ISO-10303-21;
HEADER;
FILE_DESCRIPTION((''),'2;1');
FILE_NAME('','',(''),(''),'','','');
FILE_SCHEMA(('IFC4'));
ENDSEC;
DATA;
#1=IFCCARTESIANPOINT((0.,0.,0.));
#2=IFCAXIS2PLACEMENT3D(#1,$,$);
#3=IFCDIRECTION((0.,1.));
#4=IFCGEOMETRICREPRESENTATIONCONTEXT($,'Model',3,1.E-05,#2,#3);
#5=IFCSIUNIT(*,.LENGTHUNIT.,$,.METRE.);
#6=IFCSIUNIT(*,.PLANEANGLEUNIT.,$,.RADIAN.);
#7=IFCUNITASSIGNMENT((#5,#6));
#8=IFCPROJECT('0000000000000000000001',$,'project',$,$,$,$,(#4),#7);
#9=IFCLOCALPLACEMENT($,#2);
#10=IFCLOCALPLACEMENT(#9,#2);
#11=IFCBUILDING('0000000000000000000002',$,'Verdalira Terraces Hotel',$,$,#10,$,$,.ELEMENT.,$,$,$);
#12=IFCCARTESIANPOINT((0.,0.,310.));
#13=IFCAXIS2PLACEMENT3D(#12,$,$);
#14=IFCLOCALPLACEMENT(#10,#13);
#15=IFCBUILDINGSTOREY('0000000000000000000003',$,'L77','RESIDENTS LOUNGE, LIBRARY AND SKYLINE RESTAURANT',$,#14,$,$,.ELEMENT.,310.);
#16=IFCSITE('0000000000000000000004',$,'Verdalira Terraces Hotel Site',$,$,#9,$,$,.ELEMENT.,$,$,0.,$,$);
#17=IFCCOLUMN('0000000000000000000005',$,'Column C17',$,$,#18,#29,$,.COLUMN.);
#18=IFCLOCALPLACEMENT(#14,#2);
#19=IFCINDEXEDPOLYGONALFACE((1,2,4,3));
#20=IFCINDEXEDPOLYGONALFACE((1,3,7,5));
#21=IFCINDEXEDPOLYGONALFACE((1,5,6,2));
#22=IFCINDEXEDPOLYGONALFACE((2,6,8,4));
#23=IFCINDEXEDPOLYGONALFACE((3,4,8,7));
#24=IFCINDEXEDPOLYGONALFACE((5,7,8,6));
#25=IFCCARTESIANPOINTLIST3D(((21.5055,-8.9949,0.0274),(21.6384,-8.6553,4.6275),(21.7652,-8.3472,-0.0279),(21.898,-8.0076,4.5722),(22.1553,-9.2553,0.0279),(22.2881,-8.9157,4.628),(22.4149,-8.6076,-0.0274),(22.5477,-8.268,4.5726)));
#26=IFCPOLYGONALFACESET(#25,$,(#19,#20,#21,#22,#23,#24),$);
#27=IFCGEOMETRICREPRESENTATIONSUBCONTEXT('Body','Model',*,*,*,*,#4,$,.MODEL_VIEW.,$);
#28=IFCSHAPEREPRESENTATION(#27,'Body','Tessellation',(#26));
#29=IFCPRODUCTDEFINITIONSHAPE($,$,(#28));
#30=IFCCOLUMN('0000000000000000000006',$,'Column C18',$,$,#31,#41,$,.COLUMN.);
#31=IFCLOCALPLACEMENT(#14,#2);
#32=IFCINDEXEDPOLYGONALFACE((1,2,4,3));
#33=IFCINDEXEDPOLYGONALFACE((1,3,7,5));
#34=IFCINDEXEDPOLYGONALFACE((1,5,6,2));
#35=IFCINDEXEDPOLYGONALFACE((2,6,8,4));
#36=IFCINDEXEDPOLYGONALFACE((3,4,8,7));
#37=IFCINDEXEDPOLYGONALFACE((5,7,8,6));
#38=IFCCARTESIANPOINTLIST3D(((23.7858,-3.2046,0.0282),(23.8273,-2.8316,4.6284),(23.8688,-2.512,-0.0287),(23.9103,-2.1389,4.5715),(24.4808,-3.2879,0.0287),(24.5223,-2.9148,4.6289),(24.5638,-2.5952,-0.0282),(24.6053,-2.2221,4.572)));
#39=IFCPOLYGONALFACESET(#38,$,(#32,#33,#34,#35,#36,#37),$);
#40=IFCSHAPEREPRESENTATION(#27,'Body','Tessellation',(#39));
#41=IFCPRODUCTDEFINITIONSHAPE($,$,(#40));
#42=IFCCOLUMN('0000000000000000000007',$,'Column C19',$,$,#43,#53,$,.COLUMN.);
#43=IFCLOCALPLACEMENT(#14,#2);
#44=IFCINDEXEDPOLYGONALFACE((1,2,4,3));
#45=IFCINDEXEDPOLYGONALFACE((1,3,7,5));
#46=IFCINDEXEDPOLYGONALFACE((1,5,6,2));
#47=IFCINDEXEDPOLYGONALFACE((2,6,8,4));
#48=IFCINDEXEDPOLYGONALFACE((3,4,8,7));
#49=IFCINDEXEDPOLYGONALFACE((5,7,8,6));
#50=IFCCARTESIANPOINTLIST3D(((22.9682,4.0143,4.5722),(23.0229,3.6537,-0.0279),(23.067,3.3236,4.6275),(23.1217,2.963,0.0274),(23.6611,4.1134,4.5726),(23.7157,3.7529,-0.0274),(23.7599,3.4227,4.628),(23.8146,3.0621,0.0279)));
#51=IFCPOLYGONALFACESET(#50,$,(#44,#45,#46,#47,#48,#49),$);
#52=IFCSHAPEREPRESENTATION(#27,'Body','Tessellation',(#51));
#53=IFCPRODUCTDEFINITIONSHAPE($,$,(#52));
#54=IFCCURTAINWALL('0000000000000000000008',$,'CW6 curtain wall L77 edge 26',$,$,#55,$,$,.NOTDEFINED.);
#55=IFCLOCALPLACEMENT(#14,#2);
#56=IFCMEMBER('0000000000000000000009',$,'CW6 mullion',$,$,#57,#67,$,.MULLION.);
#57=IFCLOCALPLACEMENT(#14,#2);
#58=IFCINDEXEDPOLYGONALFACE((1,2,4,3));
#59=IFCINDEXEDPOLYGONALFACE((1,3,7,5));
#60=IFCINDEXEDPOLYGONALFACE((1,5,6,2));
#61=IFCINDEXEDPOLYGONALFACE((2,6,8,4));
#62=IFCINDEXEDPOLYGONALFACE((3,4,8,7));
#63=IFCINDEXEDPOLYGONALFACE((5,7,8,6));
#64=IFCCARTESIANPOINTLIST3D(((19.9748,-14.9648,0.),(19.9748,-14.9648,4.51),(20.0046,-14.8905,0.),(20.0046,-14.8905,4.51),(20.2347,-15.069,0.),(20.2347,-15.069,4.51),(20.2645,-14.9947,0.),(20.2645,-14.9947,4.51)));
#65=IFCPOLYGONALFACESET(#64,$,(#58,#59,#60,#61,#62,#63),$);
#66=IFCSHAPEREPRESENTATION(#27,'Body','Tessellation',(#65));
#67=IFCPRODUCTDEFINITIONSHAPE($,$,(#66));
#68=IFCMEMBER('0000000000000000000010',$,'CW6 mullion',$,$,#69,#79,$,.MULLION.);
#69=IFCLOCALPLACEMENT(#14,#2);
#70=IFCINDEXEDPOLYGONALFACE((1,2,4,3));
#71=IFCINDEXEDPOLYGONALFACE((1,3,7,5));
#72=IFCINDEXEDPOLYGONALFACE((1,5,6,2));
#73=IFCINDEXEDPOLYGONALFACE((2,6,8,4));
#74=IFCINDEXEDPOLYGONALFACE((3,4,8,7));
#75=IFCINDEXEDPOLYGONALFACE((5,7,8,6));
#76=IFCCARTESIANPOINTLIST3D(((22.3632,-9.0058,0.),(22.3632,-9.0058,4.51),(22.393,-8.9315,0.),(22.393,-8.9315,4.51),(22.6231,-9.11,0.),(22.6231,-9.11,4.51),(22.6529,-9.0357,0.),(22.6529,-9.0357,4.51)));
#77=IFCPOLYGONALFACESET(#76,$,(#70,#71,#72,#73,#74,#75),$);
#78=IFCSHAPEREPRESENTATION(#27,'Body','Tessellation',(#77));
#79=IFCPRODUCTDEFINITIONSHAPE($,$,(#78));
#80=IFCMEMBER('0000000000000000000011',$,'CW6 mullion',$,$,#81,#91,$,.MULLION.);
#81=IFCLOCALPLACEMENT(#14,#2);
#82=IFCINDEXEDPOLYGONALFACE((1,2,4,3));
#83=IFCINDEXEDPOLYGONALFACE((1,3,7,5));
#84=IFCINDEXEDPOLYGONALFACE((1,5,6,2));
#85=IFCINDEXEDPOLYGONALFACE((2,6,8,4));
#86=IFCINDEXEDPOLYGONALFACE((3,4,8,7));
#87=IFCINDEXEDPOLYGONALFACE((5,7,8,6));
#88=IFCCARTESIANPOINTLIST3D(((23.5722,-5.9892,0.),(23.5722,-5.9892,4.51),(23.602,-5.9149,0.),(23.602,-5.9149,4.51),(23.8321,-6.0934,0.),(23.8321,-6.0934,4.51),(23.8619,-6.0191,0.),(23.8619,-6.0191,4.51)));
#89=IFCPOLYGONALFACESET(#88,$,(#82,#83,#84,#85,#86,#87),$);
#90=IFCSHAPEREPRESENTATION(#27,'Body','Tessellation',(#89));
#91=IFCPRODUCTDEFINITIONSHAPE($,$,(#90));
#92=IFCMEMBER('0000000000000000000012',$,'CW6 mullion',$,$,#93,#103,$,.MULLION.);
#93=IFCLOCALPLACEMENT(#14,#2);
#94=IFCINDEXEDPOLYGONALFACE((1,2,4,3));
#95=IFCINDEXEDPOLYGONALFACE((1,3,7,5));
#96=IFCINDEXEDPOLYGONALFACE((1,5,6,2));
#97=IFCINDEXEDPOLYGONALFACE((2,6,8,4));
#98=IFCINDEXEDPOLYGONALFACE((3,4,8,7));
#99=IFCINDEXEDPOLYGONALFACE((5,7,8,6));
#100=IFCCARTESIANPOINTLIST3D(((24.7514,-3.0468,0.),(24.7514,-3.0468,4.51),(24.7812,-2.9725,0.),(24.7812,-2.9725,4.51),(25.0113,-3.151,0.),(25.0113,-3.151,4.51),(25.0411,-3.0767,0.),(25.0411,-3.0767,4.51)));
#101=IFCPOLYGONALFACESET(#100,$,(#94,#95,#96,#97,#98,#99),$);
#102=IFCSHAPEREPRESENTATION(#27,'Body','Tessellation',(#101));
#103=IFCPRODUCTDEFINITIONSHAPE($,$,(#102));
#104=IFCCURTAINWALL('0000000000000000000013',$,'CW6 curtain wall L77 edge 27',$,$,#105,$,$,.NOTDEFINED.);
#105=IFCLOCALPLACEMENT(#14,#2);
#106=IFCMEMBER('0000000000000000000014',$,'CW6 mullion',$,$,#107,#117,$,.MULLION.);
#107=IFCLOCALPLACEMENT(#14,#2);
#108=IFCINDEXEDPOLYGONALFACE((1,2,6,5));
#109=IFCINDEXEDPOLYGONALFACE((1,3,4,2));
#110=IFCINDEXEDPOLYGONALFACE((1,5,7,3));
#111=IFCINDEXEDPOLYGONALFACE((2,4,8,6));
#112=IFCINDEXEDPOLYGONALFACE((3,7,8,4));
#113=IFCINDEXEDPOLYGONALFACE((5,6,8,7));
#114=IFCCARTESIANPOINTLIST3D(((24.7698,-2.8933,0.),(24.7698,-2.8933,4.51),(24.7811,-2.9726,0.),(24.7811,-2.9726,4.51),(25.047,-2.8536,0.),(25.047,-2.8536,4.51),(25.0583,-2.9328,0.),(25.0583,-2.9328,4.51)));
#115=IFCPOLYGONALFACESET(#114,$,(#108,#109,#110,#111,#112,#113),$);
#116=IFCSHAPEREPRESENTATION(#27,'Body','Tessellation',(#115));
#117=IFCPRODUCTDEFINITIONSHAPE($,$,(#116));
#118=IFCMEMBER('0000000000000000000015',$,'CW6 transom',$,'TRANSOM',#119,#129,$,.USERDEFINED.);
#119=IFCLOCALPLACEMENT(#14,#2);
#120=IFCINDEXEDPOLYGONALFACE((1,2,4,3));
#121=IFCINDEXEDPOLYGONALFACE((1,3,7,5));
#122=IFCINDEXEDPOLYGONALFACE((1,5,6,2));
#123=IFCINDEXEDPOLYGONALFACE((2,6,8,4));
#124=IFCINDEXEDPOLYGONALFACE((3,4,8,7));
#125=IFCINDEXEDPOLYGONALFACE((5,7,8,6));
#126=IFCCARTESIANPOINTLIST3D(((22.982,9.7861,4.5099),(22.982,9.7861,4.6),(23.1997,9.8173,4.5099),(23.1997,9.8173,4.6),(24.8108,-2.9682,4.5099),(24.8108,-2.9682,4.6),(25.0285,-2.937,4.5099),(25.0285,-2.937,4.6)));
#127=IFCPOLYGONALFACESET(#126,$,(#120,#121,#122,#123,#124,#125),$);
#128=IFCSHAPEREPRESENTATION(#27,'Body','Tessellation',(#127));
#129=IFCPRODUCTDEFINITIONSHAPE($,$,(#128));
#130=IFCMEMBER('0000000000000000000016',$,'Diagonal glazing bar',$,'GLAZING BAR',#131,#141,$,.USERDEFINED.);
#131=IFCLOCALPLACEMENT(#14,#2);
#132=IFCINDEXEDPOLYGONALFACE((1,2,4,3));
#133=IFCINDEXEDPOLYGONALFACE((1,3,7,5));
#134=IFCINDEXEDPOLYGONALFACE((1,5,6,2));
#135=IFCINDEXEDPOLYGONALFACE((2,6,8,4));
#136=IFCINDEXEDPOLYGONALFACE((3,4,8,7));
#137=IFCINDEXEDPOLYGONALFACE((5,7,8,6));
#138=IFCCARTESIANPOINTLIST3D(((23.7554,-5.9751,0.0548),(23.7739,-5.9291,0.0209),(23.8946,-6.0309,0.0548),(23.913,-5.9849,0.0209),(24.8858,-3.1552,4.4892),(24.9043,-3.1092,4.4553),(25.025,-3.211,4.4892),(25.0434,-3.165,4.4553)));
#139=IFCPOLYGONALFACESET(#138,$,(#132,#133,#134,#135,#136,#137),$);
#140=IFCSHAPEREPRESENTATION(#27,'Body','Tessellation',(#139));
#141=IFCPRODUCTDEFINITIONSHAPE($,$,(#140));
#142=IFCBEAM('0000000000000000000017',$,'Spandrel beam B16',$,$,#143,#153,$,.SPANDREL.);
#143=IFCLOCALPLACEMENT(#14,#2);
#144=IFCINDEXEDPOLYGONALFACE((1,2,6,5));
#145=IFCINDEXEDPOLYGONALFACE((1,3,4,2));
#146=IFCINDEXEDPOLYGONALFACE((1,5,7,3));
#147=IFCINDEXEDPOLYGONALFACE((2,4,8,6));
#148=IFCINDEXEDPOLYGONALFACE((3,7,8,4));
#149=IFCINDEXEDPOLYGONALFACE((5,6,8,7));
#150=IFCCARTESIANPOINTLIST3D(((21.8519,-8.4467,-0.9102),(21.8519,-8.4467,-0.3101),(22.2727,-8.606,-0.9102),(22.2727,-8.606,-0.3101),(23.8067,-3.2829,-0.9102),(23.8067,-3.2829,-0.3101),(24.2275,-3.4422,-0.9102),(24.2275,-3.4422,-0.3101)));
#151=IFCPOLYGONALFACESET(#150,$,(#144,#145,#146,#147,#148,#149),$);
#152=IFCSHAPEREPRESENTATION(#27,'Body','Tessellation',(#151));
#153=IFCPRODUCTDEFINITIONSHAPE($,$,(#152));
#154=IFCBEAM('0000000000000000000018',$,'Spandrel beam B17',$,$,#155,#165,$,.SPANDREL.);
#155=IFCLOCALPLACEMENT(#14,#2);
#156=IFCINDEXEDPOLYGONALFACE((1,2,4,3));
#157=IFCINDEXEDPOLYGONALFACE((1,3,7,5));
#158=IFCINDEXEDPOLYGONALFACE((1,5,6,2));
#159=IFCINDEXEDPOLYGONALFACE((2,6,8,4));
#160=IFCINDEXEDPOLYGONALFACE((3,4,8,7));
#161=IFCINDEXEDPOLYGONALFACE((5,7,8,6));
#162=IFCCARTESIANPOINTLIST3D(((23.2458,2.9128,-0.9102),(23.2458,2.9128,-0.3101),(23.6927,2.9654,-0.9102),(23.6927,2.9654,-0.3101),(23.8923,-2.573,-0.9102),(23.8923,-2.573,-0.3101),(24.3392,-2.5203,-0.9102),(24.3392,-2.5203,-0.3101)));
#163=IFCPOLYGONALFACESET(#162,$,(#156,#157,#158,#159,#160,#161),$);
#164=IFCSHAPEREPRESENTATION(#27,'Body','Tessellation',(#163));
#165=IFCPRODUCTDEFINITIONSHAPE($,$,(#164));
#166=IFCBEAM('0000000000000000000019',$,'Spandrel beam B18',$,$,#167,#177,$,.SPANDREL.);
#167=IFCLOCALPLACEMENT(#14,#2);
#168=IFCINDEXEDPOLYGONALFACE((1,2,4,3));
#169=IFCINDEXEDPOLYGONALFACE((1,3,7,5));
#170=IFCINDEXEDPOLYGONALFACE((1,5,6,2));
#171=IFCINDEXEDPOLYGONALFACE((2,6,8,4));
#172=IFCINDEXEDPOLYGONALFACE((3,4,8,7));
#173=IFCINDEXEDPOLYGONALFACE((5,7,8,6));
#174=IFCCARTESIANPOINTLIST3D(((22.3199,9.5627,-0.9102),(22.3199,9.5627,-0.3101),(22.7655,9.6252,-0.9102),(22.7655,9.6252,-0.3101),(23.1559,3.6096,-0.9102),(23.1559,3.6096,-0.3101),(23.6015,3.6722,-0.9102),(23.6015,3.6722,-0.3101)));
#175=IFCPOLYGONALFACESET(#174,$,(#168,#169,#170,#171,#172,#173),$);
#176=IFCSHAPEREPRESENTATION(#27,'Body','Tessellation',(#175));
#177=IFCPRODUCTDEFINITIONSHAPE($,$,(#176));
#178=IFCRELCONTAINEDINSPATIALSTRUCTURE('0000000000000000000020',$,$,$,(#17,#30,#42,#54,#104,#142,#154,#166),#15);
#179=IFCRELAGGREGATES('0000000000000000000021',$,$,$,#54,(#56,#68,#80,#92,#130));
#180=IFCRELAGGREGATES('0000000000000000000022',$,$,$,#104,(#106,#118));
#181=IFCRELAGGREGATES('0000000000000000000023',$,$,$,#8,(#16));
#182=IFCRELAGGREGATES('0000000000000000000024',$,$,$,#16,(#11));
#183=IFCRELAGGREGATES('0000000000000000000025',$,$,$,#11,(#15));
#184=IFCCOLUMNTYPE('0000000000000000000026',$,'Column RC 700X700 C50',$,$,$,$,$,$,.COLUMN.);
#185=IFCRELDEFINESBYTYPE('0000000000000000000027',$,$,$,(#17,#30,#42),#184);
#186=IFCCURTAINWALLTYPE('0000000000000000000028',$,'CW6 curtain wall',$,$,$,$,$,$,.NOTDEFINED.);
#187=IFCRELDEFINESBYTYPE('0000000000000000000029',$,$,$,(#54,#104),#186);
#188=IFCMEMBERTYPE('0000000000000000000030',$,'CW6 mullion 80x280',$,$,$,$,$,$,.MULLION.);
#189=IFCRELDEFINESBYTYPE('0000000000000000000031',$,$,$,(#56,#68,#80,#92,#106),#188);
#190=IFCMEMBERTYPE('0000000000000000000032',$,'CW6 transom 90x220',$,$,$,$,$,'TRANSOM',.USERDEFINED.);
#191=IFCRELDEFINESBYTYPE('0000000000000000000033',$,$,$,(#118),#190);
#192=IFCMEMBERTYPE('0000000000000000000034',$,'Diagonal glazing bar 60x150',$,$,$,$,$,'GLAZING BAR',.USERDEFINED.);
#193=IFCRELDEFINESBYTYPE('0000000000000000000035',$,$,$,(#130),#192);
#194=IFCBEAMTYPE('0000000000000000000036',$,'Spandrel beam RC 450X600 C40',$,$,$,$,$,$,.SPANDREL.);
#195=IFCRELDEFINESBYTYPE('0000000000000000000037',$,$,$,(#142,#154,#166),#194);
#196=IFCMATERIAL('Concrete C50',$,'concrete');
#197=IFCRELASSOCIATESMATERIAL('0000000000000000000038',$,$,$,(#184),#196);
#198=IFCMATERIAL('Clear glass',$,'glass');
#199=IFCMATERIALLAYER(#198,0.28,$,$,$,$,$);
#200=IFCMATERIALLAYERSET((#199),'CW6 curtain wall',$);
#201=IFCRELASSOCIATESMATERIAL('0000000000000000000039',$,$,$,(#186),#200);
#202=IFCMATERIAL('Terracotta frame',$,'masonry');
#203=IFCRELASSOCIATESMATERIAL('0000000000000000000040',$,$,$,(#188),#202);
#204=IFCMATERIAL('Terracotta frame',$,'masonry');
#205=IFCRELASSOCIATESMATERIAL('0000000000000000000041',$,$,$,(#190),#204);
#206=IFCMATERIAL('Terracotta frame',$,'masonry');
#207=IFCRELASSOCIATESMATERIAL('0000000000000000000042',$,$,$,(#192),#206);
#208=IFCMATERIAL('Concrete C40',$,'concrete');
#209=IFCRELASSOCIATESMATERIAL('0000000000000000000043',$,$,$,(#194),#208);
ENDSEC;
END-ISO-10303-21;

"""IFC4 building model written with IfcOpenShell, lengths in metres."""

from ifc_helpers import new_model, si_unit, direction, frame, origin, origin_2d, place, context, subcontext, project, spatial, rectangle, extrude, material, layer, layer_set, material_profile, profile_set, type_object, element, aggregate, save


model = new_model("IFC4")

# Units and contexts
model_context = context("Model", 3, precision=1e-05, world=origin(), true_north=direction((0.0, 1.0)))
body_context = subcontext(model_context, "Body", "Model", "MODEL_VIEW")
ifc_project = project(units=[si_unit("LENGTHUNIT", "METRE"), si_unit("PLANEANGLEUNIT", "RADIAN")], contexts=[model_context])

# Site, building, storey
site_placement = place(None, origin())
site = spatial("IfcSite", under=ifc_project, at=site_placement, Name="Verdalira Terraces Hotel Site", CompositionType="ELEMENT", RefElevation=0.0)
building_placement = place(site_placement, origin())
building = spatial("IfcBuilding", under=site, at=building_placement, Name="Verdalira Terraces Hotel", CompositionType="ELEMENT")
storey_placement = place(building_placement, frame((0.0, 0.0, 310.0)))
storey = spatial("IfcBuildingStorey", under=building, at=storey_placement, Name="L77", Description="RESIDENTS LOUNGE, LIBRARY AND SKYLINE RESTAURANT", CompositionType="ELEMENT", Elevation=310.0)

# Columns
ifc_material_1 = material(Name="Concrete C50", Category="concrete")
ifc_material_profile_1 = material_profile(ifc_material_1, rectangle(XDim=0.7, YDim=0.7, at=origin_2d()), Name="RC 700X700")
ifc_profile_set_1 = profile_set([ifc_material_profile_1], Name="Concrete C50")
column_type = type_object("IfcColumnType", Name="Column RC 700X700 C50", PredefinedType="COLUMN", material=ifc_profile_set_1)
column_1_placement = place(storey_placement, frame((21.9602, -8.8013, 0.0), z_axis=(0.028781, 0.073594, 0.996873), x_axis=(0.370897, 0.925306, -0.079019)))
element("IfcColumn", 1, at=column_1_placement, inside=storey, type_object=column_type, Name="Column C17", PredefinedType="COLUMN", context=body_context, shape_type="SweptSolid", body=[
    extrude(rectangle(XDim=0.7, YDim=0.7, at=origin_2d()), origin(), (0.0, 0.0, 1.0), 4.6145),
])
column_2_placement = place(storey_placement, frame((24.1748, -2.8999, 0.0), z_axis=(0.008993, 0.080827, 0.996688), x_axis=(-0.118558, -0.989611, 0.081323)))
element("IfcColumn", 2, at=column_2_placement, inside=storey, type_object=column_type, Name="Column C18", PredefinedType="COLUMN", context=body_context, shape_type="SweptSolid", body=[
    extrude(rectangle(XDim=0.7, YDim=0.7, at=origin_2d()), origin(), (0.0, 0.0, 1.0), 4.6155),
])
column_3_placement = place(storey_placement, frame((23.4187, 3.3579, 0.0), z_axis=(-0.011851, 0.078143, 0.996872), x_axis=(-0.141161, 0.986827, -0.079034)))
element("IfcColumn", 3, at=column_3_placement, inside=storey, type_object=column_type, Name="Column C19", PredefinedType="COLUMN", context=body_context, shape_type="SweptSolid", body=[
    extrude(rectangle(XDim=0.7, YDim=0.7, at=origin_2d()), origin(), (0.0, 0.0, 1.0), 4.6145),
])

# Curtain walls, members
ifc_material_2 = material(Name="Clear glass", Category="glass")
ifc_layer_1 = layer(ifc_material_2, 0.28)
ifc_layer_set_1 = layer_set([ifc_layer_1], Name="CW6 curtain wall")
curtain_wall_type = type_object("IfcCurtainWallType", Name="CW6 curtain wall", PredefinedType="NOTDEFINED", material=ifc_layer_set_1)
curtain_wall_1_placement = place(storey_placement, origin())
curtain_wall_1 = element("IfcCurtainWall", 4, at=curtain_wall_1_placement, inside=storey, type_object=curtain_wall_type, Name="CW6 curtain wall L77 edge 26", PredefinedType="NOTDEFINED")
ifc_material_3 = material(Name="Terracotta frame", Category="masonry")
ifc_material_profile_2 = material_profile(ifc_material_3, rectangle(XDim=0.0801, YDim=0.28, at=origin_2d()), Name="MU 80x280")
ifc_profile_set_2 = profile_set([ifc_material_profile_2], Name="Terracotta frame")
member_type_1 = type_object("IfcMemberType", Name="CW6 mullion 80x280", PredefinedType="MULLION", material=ifc_profile_set_2)
member_1_placement = place(storey_placement, frame((20.1196, -14.9797, 0.0), z_axis=(0.0, 0.0, 1.0), x_axis=(0.372016, 0.928226, 0.0)))
member_1 = element("IfcMember", 5, at=member_1_placement, type_object=member_type_1, Name="CW6 mullion", PredefinedType="MULLION", context=body_context, shape_type="SweptSolid", body=[
    extrude(rectangle(XDim=0.0801, YDim=0.28, at=origin_2d()), origin(), (0.0, 0.0, 1.0), 4.51),
])
member_2_placement = place(storey_placement, frame((22.5081, -9.0208, 0.0), z_axis=(0.0, 0.0, 1.0), x_axis=(0.372016, 0.928226, 0.0)))
member_2 = element("IfcMember", 6, at=member_2_placement, type_object=member_type_1, Name="CW6 mullion", PredefinedType="MULLION", context=body_context, shape_type="SweptSolid", body=[
    extrude(rectangle(XDim=0.0801, YDim=0.28, at=origin_2d()), origin(), (0.0, 0.0, 1.0), 4.51),
])
member_3_placement = place(storey_placement, frame((23.717, -6.0042, 0.0), z_axis=(0.0, 0.0, 1.0), x_axis=(0.372016, 0.928226, 0.0)))
member_3 = element("IfcMember", 7, at=member_3_placement, type_object=member_type_1, Name="CW6 mullion", PredefinedType="MULLION", context=body_context, shape_type="SweptSolid", body=[
    extrude(rectangle(XDim=0.0801, YDim=0.28, at=origin_2d()), origin(), (0.0, 0.0, 1.0), 4.51),
])
member_4_placement = place(storey_placement, frame((24.8962, -3.0618, 0.0), z_axis=(0.0, 0.0, 1.0), x_axis=(0.372016, 0.928226, 0.0)))
member_4 = element("IfcMember", 8, at=member_4_placement, type_object=member_type_1, Name="CW6 mullion", PredefinedType="MULLION", context=body_context, shape_type="SweptSolid", body=[
    extrude(rectangle(XDim=0.0801, YDim=0.28, at=origin_2d()), origin(), (0.0, 0.0, 1.0), 4.51),
])
curtain_wall_2_placement = place(storey_placement, origin())
curtain_wall_2 = element("IfcCurtainWall", 9, at=curtain_wall_2_placement, inside=storey, type_object=curtain_wall_type, Name="CW6 curtain wall L77 edge 27", PredefinedType="NOTDEFINED")
member_5_placement = place(storey_placement, frame((24.9141, -2.9131, 0.0), z_axis=(0.0, 0.0, 1.0), x_axis=(-0.141938, 0.989876, 0.0)))
member_5 = element("IfcMember", 10, at=member_5_placement, type_object=member_type_1, Name="CW6 mullion", PredefinedType="MULLION", context=body_context, shape_type="SweptSolid", body=[
    extrude(rectangle(XDim=0.0801, YDim=0.28, at=origin_2d()), origin(), (0.0, 0.0, 1.0), 4.51),
])
ifc_material_4 = material(Name="Terracotta frame", Category="masonry")
ifc_material_profile_3 = material_profile(ifc_material_4, rectangle(XDim=0.22, YDim=0.0901, at=origin_2d()), Name="TR 90x220")
ifc_profile_set_3 = profile_set([ifc_material_profile_3], Name="Terracotta frame")
member_type_2 = type_object("IfcMemberType", Name="CW6 transom 90x220", ElementType="TRANSOM", PredefinedType="USERDEFINED", material=ifc_profile_set_3)
member_6_placement = place(storey_placement, frame((24.9197, -2.9526, 4.5549), z_axis=(-0.141939, 0.989875, 0.0), x_axis=(-0.989875, -0.141939, 0.0)))
member_6 = element("IfcMember", 11, at=member_6_placement, type_object=member_type_2, Name="CW6 transom", ObjectType="TRANSOM", PredefinedType="USERDEFINED", context=body_context, shape_type="SweptSolid", body=[
    extrude(rectangle(XDim=0.22, YDim=0.0901, at=origin_2d()), origin(), (0.0, 0.0, 1.0), 12.8848),
])

# Member
ifc_material_5 = material(Name="Terracotta frame", Category="masonry")
ifc_material_profile_4 = material_profile(ifc_material_5, rectangle(XDim=0.1499, YDim=0.0601, at=origin_2d()), Name="GB 60x150")
ifc_profile_set_4 = profile_set([ifc_material_profile_4], Name="Terracotta frame")
member_type_3 = type_object("IfcMemberType", Name="Diagonal glazing bar 60x150", ElementType="GLAZING BAR", PredefinedType="USERDEFINED", material=ifc_profile_set_4)
member_7_placement = place(storey_placement, frame((23.8342, -5.98, 0.0378), z_axis=(0.210295, 0.524602, 0.824966), x_axis=(-0.928199, 0.372083, 0.0)))
member_7 = element("IfcMember", 12, at=member_7_placement, type_object=member_type_3, Name="Diagonal glazing bar", ObjectType="GLAZING BAR", PredefinedType="USERDEFINED", context=body_context, shape_type="SweptSolid", body=[
    extrude(rectangle(XDim=0.1499, YDim=0.0601, at=origin_2d()), origin(), (0.0, 0.0, 1.0), 5.3752),
])

# Beams
ifc_material_6 = material(Name="Concrete C40", Category="concrete")
ifc_material_profile_5 = material_profile(ifc_material_6, rectangle(XDim=0.45, YDim=0.6001, at=origin_2d()), Name="RC 450X600")
ifc_profile_set_5 = profile_set([ifc_material_profile_5], Name="Concrete C40")
beam_type = type_object("IfcBeamType", Name="Spandrel beam RC 450X600 C40", PredefinedType="SPANDREL", material=ifc_profile_set_5)
beam_1_placement = place(storey_placement, frame((22.0623, -8.5264, -0.6101), z_axis=(0.354044, 0.935229, 0.0), x_axis=(-0.935229, 0.354044, 0.0)))
element("IfcBeam", 13, at=beam_1_placement, inside=storey, type_object=beam_type, Name="Spandrel beam B16", PredefinedType="SPANDREL", context=body_context, shape_type="SweptSolid", body=[
    extrude(rectangle(XDim=0.45, YDim=0.6001, at=origin_2d()), origin(), (0.0, 0.0, 1.0), 5.5215),
])
beam_2_placement = place(storey_placement, frame((24.1157, -2.5466, -0.6101), z_axis=(-0.117036, 0.993128, 0.0), x_axis=(-0.993128, -0.117036, 0.0)))
element("IfcBeam", 14, at=beam_2_placement, inside=storey, type_object=beam_type, Name="Spandrel beam B17", PredefinedType="SPANDREL", context=body_context, shape_type="SweptSolid", body=[
    extrude(rectangle(XDim=0.45, YDim=0.6001, at=origin_2d()), origin(), (0.0, 0.0, 1.0), 5.5237),
])
beam_3_placement = place(storey_placement, frame((23.3787, 3.6409, -0.6101), z_axis=(-0.139056, 0.990285, 0.0), x_axis=(-0.990285, -0.139056, 0.0)))
element("IfcBeam", 15, at=beam_3_placement, inside=storey, type_object=beam_type, Name="Spandrel beam B18", PredefinedType="SPANDREL", context=body_context, shape_type="SweptSolid", body=[
    extrude(rectangle(XDim=0.45, YDim=0.6001, at=origin_2d()), origin(), (0.0, 0.0, 1.0), 6.0115),
])

aggregate(curtain_wall_1, [member_1, member_2, member_3, member_4, member_7])
aggregate(curtain_wall_2, [member_5, member_6])

save(model, "model.ifc")
